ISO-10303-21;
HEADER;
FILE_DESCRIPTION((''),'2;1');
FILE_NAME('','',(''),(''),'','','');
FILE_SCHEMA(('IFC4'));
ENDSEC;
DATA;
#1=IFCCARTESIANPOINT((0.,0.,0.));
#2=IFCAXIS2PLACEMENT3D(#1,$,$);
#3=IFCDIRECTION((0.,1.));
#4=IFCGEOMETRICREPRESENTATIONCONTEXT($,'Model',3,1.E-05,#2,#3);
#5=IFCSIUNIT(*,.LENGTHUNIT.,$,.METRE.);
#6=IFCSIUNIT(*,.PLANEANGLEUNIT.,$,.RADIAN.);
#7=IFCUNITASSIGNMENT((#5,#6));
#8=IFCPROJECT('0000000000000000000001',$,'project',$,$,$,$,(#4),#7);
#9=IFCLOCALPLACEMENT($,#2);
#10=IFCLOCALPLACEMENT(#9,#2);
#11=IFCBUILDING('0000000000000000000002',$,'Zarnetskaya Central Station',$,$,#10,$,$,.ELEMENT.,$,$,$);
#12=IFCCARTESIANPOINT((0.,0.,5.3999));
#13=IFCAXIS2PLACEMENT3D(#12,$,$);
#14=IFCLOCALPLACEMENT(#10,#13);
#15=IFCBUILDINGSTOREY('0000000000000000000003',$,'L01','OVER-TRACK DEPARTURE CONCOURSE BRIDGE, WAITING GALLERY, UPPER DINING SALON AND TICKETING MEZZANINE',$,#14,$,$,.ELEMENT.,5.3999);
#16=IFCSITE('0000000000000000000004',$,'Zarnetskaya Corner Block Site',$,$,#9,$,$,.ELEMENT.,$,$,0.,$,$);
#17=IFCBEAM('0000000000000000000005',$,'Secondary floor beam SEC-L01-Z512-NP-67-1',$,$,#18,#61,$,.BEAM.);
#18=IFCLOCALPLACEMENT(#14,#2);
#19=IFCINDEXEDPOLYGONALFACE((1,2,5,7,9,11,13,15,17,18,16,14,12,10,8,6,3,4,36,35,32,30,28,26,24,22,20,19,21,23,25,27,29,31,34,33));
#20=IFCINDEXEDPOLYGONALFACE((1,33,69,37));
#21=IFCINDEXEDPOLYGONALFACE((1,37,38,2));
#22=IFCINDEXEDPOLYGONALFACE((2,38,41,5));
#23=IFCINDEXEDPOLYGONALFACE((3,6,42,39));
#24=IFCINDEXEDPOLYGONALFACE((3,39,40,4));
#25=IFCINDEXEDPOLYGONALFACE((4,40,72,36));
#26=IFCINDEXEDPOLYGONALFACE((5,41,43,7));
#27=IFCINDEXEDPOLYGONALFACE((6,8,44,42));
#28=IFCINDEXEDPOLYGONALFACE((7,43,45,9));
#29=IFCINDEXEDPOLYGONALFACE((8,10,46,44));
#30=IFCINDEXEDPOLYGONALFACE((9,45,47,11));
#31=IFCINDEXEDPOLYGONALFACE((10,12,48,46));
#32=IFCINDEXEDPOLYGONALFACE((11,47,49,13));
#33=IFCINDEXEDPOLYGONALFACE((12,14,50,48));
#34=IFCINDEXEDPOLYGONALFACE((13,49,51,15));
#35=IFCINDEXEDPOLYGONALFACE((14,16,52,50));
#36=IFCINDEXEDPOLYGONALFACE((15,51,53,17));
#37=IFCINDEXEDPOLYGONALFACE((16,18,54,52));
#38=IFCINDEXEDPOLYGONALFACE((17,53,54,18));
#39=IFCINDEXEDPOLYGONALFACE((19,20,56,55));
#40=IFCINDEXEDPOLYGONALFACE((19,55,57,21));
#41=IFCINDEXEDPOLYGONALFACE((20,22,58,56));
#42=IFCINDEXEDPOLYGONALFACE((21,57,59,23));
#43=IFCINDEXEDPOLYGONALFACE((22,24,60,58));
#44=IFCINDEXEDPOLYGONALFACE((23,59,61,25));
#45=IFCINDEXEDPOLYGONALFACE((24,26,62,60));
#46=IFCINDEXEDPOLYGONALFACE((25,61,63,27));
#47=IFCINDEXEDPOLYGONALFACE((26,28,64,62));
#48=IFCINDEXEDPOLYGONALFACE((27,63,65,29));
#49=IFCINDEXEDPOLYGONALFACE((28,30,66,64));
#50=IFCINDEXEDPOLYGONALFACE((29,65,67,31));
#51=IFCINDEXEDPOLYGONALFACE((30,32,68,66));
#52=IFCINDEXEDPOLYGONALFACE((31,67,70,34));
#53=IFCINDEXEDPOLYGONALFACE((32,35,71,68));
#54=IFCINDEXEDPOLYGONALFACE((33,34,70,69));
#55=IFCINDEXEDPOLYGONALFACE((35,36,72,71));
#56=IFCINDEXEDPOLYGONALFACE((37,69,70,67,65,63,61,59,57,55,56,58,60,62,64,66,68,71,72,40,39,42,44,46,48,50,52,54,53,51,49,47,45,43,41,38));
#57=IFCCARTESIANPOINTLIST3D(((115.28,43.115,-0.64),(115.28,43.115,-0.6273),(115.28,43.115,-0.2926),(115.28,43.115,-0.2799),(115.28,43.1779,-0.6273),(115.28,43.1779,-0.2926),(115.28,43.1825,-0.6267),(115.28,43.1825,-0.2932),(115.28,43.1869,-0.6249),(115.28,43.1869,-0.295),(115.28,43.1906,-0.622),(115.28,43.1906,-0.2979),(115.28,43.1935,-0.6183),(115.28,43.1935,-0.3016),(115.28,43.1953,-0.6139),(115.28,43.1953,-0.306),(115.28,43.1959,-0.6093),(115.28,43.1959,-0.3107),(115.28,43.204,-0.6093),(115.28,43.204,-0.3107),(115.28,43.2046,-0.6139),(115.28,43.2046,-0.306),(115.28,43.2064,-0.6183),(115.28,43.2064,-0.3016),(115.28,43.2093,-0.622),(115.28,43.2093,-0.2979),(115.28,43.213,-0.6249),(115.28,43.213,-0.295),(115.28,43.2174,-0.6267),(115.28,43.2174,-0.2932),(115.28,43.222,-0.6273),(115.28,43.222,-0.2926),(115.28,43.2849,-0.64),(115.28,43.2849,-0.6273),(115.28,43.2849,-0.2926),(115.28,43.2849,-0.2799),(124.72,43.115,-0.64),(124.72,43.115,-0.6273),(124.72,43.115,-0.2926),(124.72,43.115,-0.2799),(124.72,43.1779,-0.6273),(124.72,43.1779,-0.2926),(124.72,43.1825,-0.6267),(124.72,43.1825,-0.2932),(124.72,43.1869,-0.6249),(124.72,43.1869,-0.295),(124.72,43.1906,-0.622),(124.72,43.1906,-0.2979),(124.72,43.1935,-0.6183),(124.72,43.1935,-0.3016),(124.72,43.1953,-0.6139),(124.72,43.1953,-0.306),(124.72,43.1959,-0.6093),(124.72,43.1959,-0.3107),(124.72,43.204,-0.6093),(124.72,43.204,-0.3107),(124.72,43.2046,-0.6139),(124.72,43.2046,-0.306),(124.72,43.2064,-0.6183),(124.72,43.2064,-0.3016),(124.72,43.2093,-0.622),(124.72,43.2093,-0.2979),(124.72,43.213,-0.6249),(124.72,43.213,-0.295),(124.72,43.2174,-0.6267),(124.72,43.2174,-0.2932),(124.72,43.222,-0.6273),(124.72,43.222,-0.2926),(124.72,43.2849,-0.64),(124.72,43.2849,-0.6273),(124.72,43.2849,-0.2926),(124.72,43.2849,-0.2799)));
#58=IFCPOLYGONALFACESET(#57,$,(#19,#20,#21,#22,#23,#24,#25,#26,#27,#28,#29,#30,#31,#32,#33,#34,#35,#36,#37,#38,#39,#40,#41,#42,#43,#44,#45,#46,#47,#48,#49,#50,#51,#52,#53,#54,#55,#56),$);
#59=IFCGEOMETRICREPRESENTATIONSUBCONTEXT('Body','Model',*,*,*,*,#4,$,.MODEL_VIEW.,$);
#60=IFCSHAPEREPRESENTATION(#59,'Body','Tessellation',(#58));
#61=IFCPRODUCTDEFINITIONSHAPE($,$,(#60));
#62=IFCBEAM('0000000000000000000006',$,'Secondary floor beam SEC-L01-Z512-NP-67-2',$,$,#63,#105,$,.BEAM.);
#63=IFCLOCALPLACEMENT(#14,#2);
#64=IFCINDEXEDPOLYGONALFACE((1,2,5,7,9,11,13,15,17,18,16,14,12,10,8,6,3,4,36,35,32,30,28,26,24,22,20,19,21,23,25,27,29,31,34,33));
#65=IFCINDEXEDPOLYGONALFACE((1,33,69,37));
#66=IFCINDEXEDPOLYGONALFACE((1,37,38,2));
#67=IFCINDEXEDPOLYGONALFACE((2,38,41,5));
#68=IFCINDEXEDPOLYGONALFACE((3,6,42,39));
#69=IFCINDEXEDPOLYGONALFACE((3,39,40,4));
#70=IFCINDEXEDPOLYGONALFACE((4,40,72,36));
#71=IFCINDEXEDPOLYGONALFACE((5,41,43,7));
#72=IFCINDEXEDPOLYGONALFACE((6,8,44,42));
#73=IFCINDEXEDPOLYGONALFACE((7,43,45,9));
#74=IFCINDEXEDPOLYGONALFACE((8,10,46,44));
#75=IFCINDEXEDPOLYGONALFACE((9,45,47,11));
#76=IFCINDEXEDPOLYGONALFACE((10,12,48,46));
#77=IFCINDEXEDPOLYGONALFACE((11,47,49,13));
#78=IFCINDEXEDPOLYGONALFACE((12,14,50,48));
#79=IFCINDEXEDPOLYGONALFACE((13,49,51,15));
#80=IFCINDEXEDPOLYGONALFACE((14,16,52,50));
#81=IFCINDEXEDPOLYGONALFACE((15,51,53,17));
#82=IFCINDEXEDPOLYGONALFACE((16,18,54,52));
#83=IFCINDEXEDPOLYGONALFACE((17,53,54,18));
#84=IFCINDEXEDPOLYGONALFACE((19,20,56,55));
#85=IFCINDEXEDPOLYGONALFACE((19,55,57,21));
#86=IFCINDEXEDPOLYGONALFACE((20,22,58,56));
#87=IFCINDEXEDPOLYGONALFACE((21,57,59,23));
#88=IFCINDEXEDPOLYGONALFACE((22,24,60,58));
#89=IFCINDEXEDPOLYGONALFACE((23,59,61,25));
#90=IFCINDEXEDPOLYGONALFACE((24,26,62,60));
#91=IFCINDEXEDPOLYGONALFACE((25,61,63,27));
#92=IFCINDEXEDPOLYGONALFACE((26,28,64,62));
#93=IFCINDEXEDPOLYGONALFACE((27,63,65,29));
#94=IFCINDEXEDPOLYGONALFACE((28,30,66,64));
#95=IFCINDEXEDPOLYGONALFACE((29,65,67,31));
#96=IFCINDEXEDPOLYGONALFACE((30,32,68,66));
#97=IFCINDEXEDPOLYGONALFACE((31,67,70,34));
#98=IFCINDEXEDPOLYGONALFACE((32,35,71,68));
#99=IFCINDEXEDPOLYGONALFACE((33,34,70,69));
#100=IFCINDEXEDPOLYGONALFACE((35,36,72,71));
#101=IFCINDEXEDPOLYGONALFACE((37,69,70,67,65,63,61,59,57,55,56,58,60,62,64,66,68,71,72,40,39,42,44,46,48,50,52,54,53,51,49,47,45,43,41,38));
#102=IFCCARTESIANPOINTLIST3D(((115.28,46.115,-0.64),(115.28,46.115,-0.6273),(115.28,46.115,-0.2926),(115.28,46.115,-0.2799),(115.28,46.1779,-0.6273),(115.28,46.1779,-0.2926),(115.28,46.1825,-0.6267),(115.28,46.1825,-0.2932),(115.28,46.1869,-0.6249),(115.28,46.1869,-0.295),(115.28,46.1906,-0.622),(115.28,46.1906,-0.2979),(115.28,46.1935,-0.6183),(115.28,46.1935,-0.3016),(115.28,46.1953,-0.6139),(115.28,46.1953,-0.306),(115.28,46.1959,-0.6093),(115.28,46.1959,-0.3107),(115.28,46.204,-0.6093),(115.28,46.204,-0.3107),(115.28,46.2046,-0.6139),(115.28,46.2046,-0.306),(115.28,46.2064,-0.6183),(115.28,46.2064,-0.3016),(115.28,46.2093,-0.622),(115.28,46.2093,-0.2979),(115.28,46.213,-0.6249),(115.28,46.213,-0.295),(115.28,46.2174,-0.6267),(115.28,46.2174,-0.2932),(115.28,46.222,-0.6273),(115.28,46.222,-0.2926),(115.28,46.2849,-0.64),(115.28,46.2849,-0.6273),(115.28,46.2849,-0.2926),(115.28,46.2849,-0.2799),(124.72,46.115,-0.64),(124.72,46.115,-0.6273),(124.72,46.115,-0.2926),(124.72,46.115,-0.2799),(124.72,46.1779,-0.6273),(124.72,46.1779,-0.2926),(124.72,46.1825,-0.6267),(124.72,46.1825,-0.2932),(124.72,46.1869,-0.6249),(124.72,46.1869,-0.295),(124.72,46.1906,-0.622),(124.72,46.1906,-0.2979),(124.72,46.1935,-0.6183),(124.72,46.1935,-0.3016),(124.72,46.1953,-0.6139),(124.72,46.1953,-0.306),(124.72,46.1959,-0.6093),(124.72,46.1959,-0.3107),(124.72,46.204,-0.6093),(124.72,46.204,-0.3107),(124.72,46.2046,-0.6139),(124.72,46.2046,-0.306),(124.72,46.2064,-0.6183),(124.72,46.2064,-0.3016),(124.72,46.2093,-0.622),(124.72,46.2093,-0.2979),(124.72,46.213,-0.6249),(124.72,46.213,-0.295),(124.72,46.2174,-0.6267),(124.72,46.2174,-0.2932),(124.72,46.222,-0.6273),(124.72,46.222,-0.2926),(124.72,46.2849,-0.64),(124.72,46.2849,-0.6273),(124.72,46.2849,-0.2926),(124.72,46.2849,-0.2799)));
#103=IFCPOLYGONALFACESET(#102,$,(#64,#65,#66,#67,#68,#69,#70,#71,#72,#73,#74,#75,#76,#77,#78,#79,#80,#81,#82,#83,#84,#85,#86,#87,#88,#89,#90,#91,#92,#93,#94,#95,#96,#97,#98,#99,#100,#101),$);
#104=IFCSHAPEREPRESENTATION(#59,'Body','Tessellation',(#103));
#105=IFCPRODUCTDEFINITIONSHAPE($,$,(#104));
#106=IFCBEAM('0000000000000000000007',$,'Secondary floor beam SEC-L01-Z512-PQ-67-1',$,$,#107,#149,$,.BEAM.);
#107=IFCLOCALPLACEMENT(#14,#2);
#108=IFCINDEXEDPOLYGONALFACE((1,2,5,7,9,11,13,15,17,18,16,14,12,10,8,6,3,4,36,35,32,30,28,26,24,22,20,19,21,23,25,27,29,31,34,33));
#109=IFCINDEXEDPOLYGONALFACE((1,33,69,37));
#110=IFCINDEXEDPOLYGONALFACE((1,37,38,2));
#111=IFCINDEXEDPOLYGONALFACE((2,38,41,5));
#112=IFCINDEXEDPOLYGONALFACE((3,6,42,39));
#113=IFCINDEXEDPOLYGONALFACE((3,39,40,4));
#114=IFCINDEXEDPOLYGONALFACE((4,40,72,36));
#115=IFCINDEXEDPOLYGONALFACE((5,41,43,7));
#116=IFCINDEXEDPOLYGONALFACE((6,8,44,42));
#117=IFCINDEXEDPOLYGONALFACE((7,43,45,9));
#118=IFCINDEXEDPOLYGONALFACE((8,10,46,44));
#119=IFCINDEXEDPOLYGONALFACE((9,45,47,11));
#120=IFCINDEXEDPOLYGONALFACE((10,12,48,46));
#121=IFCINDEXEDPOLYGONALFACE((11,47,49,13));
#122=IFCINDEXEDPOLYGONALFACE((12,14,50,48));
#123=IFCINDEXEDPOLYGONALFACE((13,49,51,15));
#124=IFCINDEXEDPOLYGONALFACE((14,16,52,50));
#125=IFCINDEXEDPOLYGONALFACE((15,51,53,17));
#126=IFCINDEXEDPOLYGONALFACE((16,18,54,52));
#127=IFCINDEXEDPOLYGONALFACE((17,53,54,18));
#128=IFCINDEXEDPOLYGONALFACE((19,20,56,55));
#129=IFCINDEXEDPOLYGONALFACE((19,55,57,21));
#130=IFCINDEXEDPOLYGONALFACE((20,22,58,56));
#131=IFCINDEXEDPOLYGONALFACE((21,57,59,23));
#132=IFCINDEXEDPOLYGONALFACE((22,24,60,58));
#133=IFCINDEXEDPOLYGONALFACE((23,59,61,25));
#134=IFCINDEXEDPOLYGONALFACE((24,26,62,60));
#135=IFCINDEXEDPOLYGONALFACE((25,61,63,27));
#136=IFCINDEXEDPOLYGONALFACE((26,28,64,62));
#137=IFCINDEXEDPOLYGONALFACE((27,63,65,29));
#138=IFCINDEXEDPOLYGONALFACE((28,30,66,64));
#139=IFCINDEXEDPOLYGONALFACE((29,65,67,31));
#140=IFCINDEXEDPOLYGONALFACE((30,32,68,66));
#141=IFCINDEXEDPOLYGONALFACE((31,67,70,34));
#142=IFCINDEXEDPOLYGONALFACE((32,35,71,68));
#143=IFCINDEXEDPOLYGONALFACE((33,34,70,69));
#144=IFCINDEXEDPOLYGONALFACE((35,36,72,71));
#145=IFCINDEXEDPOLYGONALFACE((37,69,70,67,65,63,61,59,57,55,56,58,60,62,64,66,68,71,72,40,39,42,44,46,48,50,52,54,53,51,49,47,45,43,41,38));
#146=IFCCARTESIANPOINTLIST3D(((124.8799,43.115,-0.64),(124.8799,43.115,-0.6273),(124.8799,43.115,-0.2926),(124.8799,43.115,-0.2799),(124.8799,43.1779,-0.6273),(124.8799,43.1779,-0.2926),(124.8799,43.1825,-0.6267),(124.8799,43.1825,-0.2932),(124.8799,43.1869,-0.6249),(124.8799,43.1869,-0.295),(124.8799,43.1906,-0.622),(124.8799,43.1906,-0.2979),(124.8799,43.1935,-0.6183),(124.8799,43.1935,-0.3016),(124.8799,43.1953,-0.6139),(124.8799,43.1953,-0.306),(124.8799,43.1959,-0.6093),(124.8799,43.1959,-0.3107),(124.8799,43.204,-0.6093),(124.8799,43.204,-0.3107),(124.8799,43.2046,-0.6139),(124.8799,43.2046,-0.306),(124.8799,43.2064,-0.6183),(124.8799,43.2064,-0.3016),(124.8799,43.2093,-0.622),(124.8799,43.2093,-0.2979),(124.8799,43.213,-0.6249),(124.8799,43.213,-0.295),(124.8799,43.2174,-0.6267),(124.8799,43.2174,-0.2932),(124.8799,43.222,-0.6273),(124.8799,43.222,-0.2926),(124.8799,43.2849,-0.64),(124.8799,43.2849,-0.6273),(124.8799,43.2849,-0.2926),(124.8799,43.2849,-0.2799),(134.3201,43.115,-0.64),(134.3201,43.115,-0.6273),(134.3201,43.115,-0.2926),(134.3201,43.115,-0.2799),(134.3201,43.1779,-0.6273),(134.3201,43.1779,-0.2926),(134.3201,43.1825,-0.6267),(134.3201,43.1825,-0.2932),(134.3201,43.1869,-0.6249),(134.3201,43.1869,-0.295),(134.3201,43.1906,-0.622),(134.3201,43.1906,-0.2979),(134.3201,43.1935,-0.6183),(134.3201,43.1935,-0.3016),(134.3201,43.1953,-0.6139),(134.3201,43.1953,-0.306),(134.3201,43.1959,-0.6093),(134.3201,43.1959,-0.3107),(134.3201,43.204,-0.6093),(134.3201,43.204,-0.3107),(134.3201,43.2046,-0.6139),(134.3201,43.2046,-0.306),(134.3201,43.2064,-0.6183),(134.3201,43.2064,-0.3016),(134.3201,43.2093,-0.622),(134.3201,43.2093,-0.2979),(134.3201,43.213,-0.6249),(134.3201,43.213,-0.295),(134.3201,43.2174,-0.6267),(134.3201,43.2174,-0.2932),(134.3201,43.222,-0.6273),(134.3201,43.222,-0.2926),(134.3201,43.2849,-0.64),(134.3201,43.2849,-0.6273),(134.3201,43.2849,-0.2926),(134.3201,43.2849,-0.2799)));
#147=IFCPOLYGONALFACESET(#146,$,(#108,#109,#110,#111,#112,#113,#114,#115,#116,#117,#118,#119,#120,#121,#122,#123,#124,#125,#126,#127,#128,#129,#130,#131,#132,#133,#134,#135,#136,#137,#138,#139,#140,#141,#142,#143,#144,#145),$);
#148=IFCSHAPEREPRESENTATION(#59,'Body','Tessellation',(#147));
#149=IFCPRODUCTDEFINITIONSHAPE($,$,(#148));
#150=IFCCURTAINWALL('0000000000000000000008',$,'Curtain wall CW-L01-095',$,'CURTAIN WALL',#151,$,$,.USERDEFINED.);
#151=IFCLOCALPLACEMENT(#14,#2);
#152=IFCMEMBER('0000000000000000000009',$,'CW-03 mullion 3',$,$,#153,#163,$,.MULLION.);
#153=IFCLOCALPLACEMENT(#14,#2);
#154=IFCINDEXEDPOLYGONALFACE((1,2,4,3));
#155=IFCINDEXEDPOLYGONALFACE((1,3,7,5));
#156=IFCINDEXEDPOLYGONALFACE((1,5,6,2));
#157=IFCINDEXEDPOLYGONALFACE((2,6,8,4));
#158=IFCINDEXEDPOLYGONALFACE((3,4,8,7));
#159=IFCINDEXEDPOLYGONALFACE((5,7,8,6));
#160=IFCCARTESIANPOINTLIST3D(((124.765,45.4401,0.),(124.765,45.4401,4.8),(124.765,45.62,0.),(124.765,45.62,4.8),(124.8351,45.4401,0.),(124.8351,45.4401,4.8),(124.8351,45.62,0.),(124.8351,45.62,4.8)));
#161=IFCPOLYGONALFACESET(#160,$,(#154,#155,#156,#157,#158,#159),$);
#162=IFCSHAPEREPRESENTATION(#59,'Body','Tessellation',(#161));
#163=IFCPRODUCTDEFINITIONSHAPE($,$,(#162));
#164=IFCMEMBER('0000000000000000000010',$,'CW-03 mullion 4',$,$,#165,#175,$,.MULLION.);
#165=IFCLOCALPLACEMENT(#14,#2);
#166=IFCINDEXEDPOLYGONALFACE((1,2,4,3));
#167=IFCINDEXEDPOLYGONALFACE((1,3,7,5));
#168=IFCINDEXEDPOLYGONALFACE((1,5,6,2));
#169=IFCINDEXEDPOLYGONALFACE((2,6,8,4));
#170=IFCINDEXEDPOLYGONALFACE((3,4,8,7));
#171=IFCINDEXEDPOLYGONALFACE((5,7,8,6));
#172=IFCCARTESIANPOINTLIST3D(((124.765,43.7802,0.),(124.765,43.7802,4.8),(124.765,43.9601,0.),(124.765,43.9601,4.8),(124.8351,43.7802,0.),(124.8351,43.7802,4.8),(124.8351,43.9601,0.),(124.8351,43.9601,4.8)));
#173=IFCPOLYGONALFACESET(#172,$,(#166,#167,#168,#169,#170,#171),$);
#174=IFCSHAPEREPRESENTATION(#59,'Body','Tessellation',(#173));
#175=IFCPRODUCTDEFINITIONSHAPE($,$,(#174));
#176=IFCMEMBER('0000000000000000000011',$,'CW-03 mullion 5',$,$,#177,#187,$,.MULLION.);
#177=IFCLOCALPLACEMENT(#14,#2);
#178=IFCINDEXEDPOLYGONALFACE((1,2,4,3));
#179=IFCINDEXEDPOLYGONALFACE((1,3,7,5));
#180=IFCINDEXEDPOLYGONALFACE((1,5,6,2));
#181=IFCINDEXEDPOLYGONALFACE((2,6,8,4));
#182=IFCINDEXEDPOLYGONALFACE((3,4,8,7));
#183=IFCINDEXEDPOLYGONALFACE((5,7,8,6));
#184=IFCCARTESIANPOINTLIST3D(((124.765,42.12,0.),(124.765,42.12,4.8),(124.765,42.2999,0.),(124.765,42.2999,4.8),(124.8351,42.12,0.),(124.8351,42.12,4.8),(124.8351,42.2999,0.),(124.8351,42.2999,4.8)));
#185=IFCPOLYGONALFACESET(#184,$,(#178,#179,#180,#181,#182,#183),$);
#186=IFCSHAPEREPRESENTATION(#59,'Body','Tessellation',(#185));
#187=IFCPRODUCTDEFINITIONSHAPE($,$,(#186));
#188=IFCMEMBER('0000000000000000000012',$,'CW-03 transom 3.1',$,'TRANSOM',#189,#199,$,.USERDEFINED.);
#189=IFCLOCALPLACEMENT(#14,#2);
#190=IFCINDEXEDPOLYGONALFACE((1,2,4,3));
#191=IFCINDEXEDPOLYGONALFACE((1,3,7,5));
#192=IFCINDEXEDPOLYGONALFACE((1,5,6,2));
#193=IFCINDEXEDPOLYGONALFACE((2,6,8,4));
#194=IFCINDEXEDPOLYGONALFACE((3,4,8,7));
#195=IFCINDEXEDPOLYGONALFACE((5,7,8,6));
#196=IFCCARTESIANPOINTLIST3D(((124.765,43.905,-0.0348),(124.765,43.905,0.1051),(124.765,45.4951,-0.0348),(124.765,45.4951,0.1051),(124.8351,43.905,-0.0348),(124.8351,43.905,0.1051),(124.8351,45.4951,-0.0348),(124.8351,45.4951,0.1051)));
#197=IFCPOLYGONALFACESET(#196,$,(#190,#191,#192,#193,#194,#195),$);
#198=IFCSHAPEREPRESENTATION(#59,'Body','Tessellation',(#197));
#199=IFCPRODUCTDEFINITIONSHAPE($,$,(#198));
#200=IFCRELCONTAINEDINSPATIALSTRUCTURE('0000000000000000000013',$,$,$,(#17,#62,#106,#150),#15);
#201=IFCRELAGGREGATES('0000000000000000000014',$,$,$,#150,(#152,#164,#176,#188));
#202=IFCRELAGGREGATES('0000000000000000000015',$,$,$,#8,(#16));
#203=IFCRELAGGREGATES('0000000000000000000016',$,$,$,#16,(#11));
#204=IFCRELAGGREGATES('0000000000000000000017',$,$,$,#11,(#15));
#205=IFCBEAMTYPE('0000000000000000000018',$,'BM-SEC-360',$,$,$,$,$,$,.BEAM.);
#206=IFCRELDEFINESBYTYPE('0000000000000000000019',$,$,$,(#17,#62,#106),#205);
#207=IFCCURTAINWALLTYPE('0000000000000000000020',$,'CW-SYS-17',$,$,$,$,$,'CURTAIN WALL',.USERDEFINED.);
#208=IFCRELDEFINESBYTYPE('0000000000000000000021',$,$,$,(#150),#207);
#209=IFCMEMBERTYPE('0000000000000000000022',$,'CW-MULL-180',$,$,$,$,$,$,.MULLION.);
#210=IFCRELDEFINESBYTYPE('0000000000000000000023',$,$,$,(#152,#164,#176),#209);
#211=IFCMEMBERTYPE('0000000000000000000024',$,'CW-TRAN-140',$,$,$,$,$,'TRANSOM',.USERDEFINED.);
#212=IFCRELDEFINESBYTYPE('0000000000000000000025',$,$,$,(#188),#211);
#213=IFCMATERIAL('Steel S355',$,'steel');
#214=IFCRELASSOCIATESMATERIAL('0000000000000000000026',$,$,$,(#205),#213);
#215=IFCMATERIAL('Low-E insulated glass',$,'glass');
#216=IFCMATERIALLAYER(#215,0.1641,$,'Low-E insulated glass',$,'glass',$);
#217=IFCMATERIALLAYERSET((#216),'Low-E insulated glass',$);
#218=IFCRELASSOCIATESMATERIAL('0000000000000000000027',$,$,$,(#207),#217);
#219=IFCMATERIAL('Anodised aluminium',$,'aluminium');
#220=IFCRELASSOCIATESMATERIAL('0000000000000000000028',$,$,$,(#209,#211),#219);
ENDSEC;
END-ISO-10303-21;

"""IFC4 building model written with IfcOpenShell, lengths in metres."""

from ifc_helpers import new_model, si_unit, direction, frame, origin, origin_2d, place, context, subcontext, project, spatial, rectangle, i_section, extrude, material, layer, layer_set, material_profile, profile_set, type_object, element, aggregate, save


model = new_model("IFC4")

# Units and contexts
model_context = context("Model", 3, precision=1e-05, world=origin(), true_north=direction((0.0, 1.0)))
body_context = subcontext(model_context, "Body", "Model", "MODEL_VIEW")
ifc_project = project(units=[si_unit("LENGTHUNIT", "METRE"), si_unit("PLANEANGLEUNIT", "RADIAN")], contexts=[model_context])

# Site, building, storey
site_placement = place(None, origin())
site = spatial("IfcSite", under=ifc_project, at=site_placement, Name="Zarnetskaya Corner Block Site", CompositionType="ELEMENT", RefElevation=0.0)
building_placement = place(site_placement, origin())
building = spatial("IfcBuilding", under=site, at=building_placement, Name="Zarnetskaya Central Station", CompositionType="ELEMENT")
storey_placement = place(building_placement, frame((0.0, 0.0, 5.3999)))
storey = spatial("IfcBuildingStorey", under=building, at=storey_placement, Name="L01", Description="OVER-TRACK DEPARTURE CONCOURSE BRIDGE, WAITING GALLERY, UPPER DINING SALON AND TICKETING MEZZANINE", CompositionType="ELEMENT", Elevation=5.3999)

# Beams
ifc_material_1 = material(Name="Steel S355", Category="steel")
ifc_material_profile_1 = material_profile(ifc_material_1, i_section(OverallWidth=0.1699, OverallDepth=0.3601, WebThickness=0.0081, FlangeThickness=0.0127, FilletRadius=0.0181, at=origin_2d()), Name="IPE 360")
ifc_profile_set_1 = profile_set([ifc_material_profile_1], Name="Steel S355")
beam_type = type_object("IfcBeamType", Name="BM-SEC-360", PredefinedType="BEAM", material=ifc_profile_set_1)
for number, where, z_axis, x_axis, name in (
    (1, (115.28, 43.2, -0.46), (1.0, 0.0, 0.0), (0.0, 1.0, 0.0), "Secondary floor beam SEC-L01-Z512-NP-67-1"),
    (2, (115.28, 46.2, -0.46), (1.0, 0.0, 0.0), (0.0, 1.0, 0.0), "Secondary floor beam SEC-L01-Z512-NP-67-2"),
):
    element("IfcBeam", number, at=place(storey_placement, frame(where, z_axis=z_axis, x_axis=x_axis)), inside=storey, type_object=beam_type, Name=name, PredefinedType="BEAM", context=body_context, shape_type="SweptSolid", body=[
        extrude(i_section(OverallWidth=0.1699, OverallDepth=0.3601, WebThickness=0.0081, FlangeThickness=0.0127, FilletRadius=0.0181, at=origin_2d()), origin(), (0.0, 0.0, 1.0), 9.4399),
    ])
beam_placement = place(storey_placement, frame((124.8799, 43.2, -0.46), z_axis=(1.0, 0.0, 0.0), x_axis=(0.0, 1.0, 0.0)))
element("IfcBeam", 3, at=beam_placement, inside=storey, type_object=beam_type, Name="Secondary floor beam SEC-L01-Z512-PQ-67-1", PredefinedType="BEAM", context=body_context, shape_type="SweptSolid", body=[
    extrude(i_section(OverallWidth=0.1699, OverallDepth=0.3601, WebThickness=0.0081, FlangeThickness=0.0127, FilletRadius=0.0181, at=origin_2d()), origin(), (0.0, 0.0, 1.0), 9.4402),
])

# Curtain wall, members
ifc_material_2 = material(Name="Low-E insulated glass", Category="glass")
ifc_layer_1 = layer(ifc_material_2, 0.1641, Name="Low-E insulated glass", Category="glass")
ifc_layer_set_1 = layer_set([ifc_layer_1], Name="Low-E insulated glass")
curtain_wall_type = type_object("IfcCurtainWallType", Name="CW-SYS-17", ElementType="CURTAIN WALL", PredefinedType="USERDEFINED", material=ifc_layer_set_1)
curtain_wall_placement = place(storey_placement, origin())
curtain_wall = element("IfcCurtainWall", 4, at=curtain_wall_placement, inside=storey, type_object=curtain_wall_type, Name="Curtain wall CW-L01-095", ObjectType="CURTAIN WALL", PredefinedType="USERDEFINED")
ifc_material_3 = material(Name="Anodised aluminium", Category="aluminium")
ifc_material_profile_2 = material_profile(ifc_material_3, rectangle(XDim=0.0701, YDim=0.1799, at=origin_2d()), Name="ALU MULL 70x180")
ifc_profile_set_2 = profile_set([ifc_material_profile_2], Name="Anodised aluminium")
member_type_1 = type_object("IfcMemberType", Name="CW-MULL-180", PredefinedType="MULLION", material=ifc_profile_set_2)
member_1_placement = place(storey_placement, frame((124.8, 45.53, 0.0), z_axis=(0.0, 0.0, 1.0), x_axis=(1.0, 0.0, 0.0)))
member_1 = element("IfcMember", 5, at=member_1_placement, type_object=member_type_1, Name="CW-03 mullion 3", PredefinedType="MULLION", context=body_context, shape_type="SweptSolid", body=[
    extrude(rectangle(XDim=0.0701, YDim=0.1799, at=origin_2d()), origin(), (0.0, 0.0, 1.0), 4.8),
])
member_2_placement = place(storey_placement, frame((124.8, 43.8701, 0.0), z_axis=(0.0, 0.0, 1.0), x_axis=(1.0, 0.0, 0.0)))
member_2 = element("IfcMember", 6, at=member_2_placement, type_object=member_type_1, Name="CW-03 mullion 4", PredefinedType="MULLION", context=body_context, shape_type="SweptSolid", body=[
    extrude(rectangle(XDim=0.0701, YDim=0.1799, at=origin_2d()), origin(), (0.0, 0.0, 1.0), 4.8),
])
member_3_placement = place(storey_placement, frame((124.8, 42.21, 0.0), z_axis=(0.0, 0.0, 1.0), x_axis=(1.0, 0.0, 0.0)))
member_3 = element("IfcMember", 7, at=member_3_placement, type_object=member_type_1, Name="CW-03 mullion 5", PredefinedType="MULLION", context=body_context, shape_type="SweptSolid", body=[
    extrude(rectangle(XDim=0.0701, YDim=0.1799, at=origin_2d()), origin(), (0.0, 0.0, 1.0), 4.8),
])
ifc_material_profile_3 = material_profile(ifc_material_3, rectangle(XDim=0.0701, YDim=0.1399, at=origin_2d()), Name="ALU TRAN 70x140")
ifc_profile_set_3 = profile_set([ifc_material_profile_3], Name="Anodised aluminium")
member_type_2 = type_object("IfcMemberType", Name="CW-TRAN-140", ElementType="TRANSOM", PredefinedType="USERDEFINED", material=ifc_profile_set_3)
member_4_placement = place(storey_placement, frame((124.8, 45.4951, 0.0352), z_axis=(0.0, -1.0, 0.0), x_axis=(1.0, 0.0, 0.0)))
member_4 = element("IfcMember", 8, at=member_4_placement, type_object=member_type_2, Name="CW-03 transom 3.1", ObjectType="TRANSOM", PredefinedType="USERDEFINED", context=body_context, shape_type="SweptSolid", body=[
    extrude(rectangle(XDim=0.0701, YDim=0.1399, at=origin_2d()), origin(), (0.0, 0.0, 1.0), 1.5901),
])
aggregate(curtain_wall, [member_1, member_2, member_3, member_4])

save(model, "model.ifc")
